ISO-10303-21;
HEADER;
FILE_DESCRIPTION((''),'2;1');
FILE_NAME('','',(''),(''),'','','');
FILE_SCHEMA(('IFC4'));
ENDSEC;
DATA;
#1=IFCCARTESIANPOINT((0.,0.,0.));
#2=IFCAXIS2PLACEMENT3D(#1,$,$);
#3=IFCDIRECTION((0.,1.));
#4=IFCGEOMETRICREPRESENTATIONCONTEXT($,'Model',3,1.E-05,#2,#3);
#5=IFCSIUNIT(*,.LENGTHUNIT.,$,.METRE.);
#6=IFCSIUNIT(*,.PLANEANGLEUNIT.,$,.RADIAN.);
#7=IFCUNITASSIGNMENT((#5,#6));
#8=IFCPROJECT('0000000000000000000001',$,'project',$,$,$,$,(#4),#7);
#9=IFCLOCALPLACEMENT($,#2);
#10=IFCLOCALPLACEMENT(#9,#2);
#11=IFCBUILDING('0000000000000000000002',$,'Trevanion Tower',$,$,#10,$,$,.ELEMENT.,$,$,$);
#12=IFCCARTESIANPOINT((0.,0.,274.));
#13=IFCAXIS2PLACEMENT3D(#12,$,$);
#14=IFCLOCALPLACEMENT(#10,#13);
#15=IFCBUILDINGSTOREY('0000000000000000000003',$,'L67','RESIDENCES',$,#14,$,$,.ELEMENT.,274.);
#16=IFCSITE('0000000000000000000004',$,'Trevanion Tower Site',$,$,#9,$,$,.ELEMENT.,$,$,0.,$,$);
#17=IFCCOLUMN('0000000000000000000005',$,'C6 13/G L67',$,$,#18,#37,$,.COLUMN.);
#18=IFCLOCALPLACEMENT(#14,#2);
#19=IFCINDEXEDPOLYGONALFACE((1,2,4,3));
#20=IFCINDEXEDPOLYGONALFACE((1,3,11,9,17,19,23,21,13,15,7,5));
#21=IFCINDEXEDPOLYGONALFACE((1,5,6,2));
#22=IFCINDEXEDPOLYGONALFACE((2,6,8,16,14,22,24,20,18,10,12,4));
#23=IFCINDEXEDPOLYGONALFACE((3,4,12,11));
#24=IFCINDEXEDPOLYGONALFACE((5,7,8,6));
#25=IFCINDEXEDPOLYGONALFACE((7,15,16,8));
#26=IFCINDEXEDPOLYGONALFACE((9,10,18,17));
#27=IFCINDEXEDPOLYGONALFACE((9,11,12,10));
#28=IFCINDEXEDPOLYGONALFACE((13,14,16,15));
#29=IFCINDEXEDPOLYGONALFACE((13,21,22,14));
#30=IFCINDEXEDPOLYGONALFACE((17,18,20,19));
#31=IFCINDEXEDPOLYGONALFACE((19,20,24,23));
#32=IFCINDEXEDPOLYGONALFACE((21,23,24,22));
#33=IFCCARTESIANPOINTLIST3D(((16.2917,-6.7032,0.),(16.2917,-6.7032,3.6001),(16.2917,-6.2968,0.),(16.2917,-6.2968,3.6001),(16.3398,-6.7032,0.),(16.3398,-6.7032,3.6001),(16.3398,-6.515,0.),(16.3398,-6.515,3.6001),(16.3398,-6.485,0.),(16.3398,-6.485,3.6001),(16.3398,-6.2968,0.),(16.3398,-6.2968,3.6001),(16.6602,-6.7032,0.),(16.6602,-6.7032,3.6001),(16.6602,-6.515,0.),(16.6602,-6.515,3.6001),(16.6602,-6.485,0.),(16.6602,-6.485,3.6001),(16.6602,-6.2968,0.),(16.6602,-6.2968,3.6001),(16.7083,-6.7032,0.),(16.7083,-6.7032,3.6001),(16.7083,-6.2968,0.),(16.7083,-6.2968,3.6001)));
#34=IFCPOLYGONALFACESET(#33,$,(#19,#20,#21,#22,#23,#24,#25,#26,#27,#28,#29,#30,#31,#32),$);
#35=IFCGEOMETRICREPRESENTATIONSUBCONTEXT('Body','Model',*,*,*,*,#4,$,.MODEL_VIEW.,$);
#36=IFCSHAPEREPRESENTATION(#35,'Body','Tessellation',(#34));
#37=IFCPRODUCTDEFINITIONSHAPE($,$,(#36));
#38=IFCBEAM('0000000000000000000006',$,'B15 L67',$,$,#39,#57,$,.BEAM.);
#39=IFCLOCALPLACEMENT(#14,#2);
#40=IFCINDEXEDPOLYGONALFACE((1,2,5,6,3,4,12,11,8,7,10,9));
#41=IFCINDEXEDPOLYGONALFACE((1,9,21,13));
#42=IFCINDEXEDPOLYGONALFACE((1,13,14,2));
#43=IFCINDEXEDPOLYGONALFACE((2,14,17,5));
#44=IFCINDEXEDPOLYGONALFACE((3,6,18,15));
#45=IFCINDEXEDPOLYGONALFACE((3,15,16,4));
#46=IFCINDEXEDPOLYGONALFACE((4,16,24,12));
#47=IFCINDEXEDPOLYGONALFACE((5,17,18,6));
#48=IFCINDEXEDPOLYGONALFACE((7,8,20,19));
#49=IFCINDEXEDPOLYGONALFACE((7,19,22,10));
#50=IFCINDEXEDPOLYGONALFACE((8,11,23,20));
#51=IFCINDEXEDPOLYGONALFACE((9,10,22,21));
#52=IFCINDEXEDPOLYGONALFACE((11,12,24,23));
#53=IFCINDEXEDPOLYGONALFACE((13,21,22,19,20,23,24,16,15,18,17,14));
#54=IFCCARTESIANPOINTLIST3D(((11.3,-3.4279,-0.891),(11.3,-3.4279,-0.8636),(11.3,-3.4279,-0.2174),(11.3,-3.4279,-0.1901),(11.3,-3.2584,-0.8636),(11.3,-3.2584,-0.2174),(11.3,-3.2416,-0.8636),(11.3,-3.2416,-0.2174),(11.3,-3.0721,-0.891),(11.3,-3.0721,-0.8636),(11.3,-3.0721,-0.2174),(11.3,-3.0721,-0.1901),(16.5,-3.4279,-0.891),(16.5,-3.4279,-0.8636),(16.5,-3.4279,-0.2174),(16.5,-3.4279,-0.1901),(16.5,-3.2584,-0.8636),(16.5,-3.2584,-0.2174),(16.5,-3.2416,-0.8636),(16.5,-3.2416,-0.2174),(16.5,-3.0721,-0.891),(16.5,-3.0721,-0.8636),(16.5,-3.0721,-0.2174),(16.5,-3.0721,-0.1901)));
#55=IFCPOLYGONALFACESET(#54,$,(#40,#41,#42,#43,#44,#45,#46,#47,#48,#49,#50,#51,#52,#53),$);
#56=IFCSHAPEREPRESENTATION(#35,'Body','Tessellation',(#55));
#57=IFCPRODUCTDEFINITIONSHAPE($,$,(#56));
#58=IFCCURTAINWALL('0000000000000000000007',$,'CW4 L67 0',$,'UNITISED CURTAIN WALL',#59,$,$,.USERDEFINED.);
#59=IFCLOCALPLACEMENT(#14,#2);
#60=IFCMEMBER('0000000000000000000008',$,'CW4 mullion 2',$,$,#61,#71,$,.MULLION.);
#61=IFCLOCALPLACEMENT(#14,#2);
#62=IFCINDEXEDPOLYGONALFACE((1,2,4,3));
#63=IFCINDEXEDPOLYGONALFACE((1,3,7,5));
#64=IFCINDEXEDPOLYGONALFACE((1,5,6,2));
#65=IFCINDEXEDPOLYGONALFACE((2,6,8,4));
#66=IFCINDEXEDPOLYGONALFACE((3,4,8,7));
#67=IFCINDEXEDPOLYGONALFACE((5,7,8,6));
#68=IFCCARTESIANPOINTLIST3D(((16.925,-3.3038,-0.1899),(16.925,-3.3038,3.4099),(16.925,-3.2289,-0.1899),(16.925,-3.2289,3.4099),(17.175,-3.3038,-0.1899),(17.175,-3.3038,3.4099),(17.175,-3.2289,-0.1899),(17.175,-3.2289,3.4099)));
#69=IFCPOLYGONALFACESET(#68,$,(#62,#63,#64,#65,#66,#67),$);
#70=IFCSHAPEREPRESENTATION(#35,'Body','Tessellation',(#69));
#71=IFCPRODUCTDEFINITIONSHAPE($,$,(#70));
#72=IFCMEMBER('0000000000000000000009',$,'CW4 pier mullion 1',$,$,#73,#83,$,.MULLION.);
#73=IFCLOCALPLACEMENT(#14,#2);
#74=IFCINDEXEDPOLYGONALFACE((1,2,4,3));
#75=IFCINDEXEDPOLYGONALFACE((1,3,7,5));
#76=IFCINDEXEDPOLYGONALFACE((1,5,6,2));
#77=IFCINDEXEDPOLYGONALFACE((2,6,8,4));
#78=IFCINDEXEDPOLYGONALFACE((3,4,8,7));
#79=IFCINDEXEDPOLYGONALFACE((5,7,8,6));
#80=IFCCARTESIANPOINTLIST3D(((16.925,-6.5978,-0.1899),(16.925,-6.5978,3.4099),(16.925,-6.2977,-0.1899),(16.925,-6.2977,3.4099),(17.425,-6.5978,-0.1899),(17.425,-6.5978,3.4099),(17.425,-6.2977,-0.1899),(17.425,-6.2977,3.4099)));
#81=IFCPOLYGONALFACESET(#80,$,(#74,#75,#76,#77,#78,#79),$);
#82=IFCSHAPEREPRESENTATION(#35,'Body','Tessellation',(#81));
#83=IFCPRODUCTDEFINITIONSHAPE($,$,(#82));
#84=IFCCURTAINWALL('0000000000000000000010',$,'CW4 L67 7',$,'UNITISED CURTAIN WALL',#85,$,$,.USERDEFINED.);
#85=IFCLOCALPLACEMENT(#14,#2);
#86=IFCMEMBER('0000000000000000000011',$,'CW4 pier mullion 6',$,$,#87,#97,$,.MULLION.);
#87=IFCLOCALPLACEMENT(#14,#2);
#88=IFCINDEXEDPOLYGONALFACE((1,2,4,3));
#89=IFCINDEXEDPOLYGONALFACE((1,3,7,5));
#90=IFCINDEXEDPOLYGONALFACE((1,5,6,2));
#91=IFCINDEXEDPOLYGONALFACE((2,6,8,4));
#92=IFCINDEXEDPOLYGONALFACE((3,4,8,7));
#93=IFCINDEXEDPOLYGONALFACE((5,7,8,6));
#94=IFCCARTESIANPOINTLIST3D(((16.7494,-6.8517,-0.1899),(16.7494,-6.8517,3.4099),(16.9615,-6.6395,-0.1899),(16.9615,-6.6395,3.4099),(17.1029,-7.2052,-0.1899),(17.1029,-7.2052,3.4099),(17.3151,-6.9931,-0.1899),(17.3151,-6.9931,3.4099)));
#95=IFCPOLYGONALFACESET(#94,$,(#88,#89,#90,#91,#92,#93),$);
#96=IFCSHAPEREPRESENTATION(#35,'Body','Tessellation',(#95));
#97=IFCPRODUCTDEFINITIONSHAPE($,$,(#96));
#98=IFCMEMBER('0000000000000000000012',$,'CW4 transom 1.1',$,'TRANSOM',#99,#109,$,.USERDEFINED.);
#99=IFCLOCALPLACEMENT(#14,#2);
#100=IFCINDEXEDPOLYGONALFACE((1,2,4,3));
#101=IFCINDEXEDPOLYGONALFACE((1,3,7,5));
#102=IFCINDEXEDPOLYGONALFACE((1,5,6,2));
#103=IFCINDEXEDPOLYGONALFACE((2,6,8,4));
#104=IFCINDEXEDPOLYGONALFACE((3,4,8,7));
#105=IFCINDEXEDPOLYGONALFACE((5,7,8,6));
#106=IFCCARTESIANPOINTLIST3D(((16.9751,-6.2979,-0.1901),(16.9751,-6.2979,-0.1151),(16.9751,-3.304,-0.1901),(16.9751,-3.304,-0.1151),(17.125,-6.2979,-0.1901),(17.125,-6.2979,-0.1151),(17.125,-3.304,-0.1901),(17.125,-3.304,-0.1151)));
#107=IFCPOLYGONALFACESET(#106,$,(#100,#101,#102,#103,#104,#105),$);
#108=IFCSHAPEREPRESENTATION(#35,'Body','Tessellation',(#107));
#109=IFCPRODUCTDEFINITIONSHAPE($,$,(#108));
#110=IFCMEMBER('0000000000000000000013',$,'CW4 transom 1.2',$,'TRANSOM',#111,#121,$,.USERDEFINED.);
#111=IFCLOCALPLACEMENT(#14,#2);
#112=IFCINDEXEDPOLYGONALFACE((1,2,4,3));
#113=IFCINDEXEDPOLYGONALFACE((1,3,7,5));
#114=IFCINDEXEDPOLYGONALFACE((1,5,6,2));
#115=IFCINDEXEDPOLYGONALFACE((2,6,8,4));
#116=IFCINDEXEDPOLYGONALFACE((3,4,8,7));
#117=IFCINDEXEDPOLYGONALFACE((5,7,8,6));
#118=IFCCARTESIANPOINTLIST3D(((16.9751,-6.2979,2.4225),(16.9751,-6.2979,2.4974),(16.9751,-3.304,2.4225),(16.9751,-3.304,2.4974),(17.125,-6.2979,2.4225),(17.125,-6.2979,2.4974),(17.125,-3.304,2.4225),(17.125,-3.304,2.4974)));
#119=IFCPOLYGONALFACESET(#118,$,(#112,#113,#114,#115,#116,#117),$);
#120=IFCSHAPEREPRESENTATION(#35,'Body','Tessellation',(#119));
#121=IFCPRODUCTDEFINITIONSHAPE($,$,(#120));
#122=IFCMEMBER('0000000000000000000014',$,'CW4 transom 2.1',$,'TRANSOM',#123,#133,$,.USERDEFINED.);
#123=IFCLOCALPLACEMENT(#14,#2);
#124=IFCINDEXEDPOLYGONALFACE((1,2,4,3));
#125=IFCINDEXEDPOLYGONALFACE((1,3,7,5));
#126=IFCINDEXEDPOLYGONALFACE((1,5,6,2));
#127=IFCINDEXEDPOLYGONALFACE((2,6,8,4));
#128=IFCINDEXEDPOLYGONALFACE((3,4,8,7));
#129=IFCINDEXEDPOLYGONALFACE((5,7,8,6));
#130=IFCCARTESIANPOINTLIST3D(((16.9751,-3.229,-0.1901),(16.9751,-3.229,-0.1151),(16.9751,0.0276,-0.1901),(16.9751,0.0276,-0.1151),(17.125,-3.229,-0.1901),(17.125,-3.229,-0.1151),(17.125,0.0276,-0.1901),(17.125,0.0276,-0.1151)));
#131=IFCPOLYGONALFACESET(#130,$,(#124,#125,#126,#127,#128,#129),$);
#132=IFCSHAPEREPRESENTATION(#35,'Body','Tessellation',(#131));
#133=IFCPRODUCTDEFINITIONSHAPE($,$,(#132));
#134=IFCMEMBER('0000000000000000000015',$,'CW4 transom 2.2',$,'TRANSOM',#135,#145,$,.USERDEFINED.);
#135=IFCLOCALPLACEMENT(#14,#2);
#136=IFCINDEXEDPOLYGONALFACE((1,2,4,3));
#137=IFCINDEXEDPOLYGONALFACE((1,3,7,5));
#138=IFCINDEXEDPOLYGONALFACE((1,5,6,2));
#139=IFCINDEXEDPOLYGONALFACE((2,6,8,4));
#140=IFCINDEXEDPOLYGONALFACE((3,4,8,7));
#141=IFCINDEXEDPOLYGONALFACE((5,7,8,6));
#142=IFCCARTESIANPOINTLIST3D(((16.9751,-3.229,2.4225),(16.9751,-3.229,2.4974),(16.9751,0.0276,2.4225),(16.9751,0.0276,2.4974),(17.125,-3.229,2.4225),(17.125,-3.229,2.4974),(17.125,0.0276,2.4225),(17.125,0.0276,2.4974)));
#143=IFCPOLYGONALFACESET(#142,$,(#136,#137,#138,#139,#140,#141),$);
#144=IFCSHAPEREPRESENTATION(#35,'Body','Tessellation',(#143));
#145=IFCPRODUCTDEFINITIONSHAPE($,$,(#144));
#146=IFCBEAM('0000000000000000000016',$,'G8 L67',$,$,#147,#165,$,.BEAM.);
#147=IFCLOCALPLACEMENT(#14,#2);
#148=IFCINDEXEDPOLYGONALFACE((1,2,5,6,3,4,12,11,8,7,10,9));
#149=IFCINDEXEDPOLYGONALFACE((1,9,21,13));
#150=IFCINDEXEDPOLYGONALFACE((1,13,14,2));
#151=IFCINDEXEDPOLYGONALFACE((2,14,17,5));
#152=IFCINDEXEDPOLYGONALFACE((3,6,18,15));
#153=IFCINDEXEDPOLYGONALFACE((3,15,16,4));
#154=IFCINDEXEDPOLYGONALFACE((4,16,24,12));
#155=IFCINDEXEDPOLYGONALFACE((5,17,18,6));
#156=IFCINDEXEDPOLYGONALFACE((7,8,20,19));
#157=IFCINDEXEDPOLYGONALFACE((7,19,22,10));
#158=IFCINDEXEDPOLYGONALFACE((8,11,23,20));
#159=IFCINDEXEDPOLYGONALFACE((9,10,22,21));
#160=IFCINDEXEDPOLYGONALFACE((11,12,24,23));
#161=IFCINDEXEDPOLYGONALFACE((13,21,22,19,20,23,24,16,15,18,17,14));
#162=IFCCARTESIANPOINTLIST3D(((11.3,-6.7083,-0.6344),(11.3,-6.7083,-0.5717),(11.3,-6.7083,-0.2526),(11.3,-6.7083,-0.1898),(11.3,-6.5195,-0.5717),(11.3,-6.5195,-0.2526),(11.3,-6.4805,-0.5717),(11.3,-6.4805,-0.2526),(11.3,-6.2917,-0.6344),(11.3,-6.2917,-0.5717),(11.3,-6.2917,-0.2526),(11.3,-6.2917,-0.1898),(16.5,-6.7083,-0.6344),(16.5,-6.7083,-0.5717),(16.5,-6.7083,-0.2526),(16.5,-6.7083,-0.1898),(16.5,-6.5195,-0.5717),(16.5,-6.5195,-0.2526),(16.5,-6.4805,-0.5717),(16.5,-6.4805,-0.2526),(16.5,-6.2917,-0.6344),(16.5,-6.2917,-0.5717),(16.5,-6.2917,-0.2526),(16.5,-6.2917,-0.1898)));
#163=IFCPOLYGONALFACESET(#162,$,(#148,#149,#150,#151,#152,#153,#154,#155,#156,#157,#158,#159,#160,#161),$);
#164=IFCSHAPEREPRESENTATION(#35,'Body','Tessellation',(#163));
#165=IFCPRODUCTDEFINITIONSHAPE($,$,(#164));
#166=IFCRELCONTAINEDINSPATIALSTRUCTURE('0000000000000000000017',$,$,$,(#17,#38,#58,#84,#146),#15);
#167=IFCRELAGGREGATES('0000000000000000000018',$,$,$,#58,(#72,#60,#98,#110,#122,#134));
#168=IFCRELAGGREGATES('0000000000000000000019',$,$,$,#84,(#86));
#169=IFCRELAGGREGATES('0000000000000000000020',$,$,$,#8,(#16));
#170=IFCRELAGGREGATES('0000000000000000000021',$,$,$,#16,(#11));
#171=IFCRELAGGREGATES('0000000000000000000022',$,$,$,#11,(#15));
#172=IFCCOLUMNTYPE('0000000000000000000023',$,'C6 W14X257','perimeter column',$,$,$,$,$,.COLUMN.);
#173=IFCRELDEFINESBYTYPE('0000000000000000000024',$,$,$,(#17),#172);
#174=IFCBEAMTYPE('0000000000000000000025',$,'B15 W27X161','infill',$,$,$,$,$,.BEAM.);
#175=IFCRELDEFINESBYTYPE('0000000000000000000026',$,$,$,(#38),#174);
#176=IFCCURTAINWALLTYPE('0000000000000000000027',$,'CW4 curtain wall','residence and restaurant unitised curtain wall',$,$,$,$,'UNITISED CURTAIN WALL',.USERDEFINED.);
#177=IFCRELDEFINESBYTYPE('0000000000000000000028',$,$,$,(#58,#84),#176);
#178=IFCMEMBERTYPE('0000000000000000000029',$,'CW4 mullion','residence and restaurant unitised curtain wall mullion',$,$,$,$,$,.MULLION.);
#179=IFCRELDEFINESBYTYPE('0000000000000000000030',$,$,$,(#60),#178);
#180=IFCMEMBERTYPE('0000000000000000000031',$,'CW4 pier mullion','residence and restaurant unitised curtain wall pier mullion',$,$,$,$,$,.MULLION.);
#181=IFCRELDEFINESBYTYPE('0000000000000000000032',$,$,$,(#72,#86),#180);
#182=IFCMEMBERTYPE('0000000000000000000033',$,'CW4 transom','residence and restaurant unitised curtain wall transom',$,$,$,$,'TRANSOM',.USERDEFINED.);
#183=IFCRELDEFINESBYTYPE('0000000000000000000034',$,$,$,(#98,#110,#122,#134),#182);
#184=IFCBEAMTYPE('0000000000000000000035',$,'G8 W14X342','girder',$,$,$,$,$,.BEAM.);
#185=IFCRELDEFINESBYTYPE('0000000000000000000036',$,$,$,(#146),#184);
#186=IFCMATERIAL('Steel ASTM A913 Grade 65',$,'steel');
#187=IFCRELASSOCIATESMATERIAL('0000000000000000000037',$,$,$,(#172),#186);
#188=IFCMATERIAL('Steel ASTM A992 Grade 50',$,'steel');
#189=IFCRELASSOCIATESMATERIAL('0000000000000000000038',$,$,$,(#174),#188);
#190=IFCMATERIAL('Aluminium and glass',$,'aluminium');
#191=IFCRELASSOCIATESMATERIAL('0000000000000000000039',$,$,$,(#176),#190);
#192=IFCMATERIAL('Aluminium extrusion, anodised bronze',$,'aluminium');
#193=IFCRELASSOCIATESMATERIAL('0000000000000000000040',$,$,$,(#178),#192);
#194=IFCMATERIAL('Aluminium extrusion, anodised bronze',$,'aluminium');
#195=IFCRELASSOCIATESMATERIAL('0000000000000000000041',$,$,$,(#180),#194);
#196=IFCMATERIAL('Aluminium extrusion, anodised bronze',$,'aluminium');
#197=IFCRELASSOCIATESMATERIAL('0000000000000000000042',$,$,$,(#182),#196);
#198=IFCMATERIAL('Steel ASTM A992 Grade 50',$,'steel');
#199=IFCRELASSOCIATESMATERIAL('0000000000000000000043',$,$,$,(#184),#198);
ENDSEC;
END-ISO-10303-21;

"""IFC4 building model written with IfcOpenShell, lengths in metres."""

from ifc_helpers import new_model, si_unit, direction, frame, origin, origin_2d, place, context, subcontext, project, spatial, rectangle, i_section, extrude, material, material_profile, profile_set, type_object, element, aggregate, save


model = new_model("IFC4")

# Units and contexts
model_context = context("Model", 3, precision=1e-05, world=origin(), true_north=direction((0.0, 1.0)))
body_context = subcontext(model_context, "Body", "Model", "MODEL_VIEW")
ifc_project = project(units=[si_unit("LENGTHUNIT", "METRE"), si_unit("PLANEANGLEUNIT", "RADIAN")], contexts=[model_context])

# Site, building, storey
site_placement = place(None, origin())
site = spatial("IfcSite", under=ifc_project, at=site_placement, Name="Trevanion Tower Site", CompositionType="ELEMENT", RefElevation=0.0)
building_placement = place(site_placement, origin())
building = spatial("IfcBuilding", under=site, at=building_placement, Name="Trevanion Tower", CompositionType="ELEMENT")
storey_placement = place(building_placement, frame((0.0, 0.0, 274.0)))
storey = spatial("IfcBuildingStorey", under=building, at=storey_placement, Name="L67", Description="RESIDENCES", CompositionType="ELEMENT", Elevation=274.0)

# Column
ifc_material_1 = material(Name="Steel ASTM A913 Grade 65", Category="steel")
ifc_material_profile_1 = material_profile(ifc_material_1, i_section(OverallWidth=0.4065, OverallDepth=0.4165, WebThickness=0.03, FlangeThickness=0.0481, at=origin_2d()), Name="W14X257")
ifc_profile_set_1 = profile_set([ifc_material_profile_1], Name="Steel ASTM A913 Grade 65")
column_type = type_object("IfcColumnType", Name="C6 W14X257", Description="perimeter column", PredefinedType="COLUMN", material=ifc_profile_set_1)
column_placement = place(storey_placement, frame((16.5, -6.5, 0.0), z_axis=(0.0, 0.0, 1.0), x_axis=(0.0, 1.0, 0.0)))
element("IfcColumn", 1, at=column_placement, inside=storey, type_object=column_type, Name="C6 13/G L67", PredefinedType="COLUMN", context=body_context, shape_type="SweptSolid", body=[
    extrude(i_section(OverallWidth=0.4065, OverallDepth=0.4165, WebThickness=0.03, FlangeThickness=0.0481, at=origin_2d()), origin(), (0.0, 0.0, 1.0), 3.6001),
])

# Beam
ifc_material_2 = material(Name="Steel ASTM A992 Grade 50", Category="steel")
ifc_material_profile_2 = material_profile(ifc_material_2, i_section(OverallWidth=0.3557, OverallDepth=0.7009, WebThickness=0.0168, FlangeThickness=0.0273, at=origin_2d()), Name="W27X161")
ifc_profile_set_2 = profile_set([ifc_material_profile_2], Name="Steel ASTM A992 Grade 50")
beam_type_1 = type_object("IfcBeamType", Name="B15 W27X161", Description="infill", PredefinedType="BEAM", material=ifc_profile_set_2)
beam_1_placement = place(storey_placement, frame((11.3, -3.25, -0.5405), z_axis=(1.0, 0.0, 0.0), x_axis=(0.0, 1.0, 0.0)))
element("IfcBeam", 2, at=beam_1_placement, inside=storey, type_object=beam_type_1, Name="B15 L67", PredefinedType="BEAM", context=body_context, shape_type="SweptSolid", body=[
    extrude(i_section(OverallWidth=0.3557, OverallDepth=0.7009, WebThickness=0.0168, FlangeThickness=0.0273, at=origin_2d()), origin(), (0.0, 0.0, 1.0), 5.2),
])

# Curtain wall, members
ifc_material_3 = material(Name="Aluminium and glass", Category="aluminium")
curtain_wall_type = type_object("IfcCurtainWallType", Name="CW4 curtain wall", Description="residence and restaurant unitised curtain wall", ElementType="UNITISED CURTAIN WALL", PredefinedType="USERDEFINED", material=ifc_material_3)
curtain_wall_1_placement = place(storey_placement, origin())
curtain_wall_1 = element("IfcCurtainWall", 3, at=curtain_wall_1_placement, inside=storey, type_object=curtain_wall_type, Name="CW4 L67 0", ObjectType="UNITISED CURTAIN WALL", PredefinedType="USERDEFINED")
ifc_material_4 = material(Name="Aluminium extrusion, anodised bronze", Category="aluminium")
ifc_material_profile_3 = material_profile(ifc_material_4, rectangle(XDim=0.075, YDim=0.25, at=origin_2d()), Name="CW4 mullion")
ifc_profile_set_3 = profile_set([ifc_material_profile_3], Name="Aluminium extrusion, anodised bronze")
member_type_1 = type_object("IfcMemberType", Name="CW4 mullion", Description="residence and restaurant unitised curtain wall mullion", PredefinedType="MULLION", material=ifc_profile_set_3)
member_1_placement = place(storey_placement, frame((17.05, -3.2664, -0.1899), z_axis=(0.0, 0.0, 1.0), x_axis=(0.0, 1.0, 0.0)))
member_1 = element("IfcMember", 4, at=member_1_placement, type_object=member_type_1, Name="CW4 mullion 2", PredefinedType="MULLION", context=body_context, shape_type="SweptSolid", body=[
    extrude(rectangle(XDim=0.075, YDim=0.25, at=origin_2d()), origin(), (0.0, 0.0, 1.0), 3.5999),
])
ifc_material_5 = material(Name="Aluminium extrusion, anodised bronze", Category="aluminium")
ifc_material_profile_4 = material_profile(ifc_material_5, rectangle(XDim=0.3, YDim=0.5, at=origin_2d()), Name="CW4 pier mullion")
ifc_profile_set_4 = profile_set([ifc_material_profile_4], Name="Aluminium extrusion, anodised bronze")
member_type_2 = type_object("IfcMemberType", Name="CW4 pier mullion", Description="residence and restaurant unitised curtain wall pier mullion", PredefinedType="MULLION", material=ifc_profile_set_4)
member_2_placement = place(storey_placement, frame((17.175, -6.4478, -0.1899), z_axis=(0.0, 0.0, 1.0), x_axis=(0.0, 1.0, 0.0)))
member_2 = element("IfcMember", 5, at=member_2_placement, type_object=member_type_2, Name="CW4 pier mullion 1", PredefinedType="MULLION", context=body_context, shape_type="SweptSolid", body=[
    extrude(rectangle(XDim=0.3, YDim=0.5, at=origin_2d()), origin(), (0.0, 0.0, 1.0), 3.5999),
])

# Curtain wall, member
curtain_wall_2_placement = place(storey_placement, origin())
curtain_wall_2 = element("IfcCurtainWall", 6, at=curtain_wall_2_placement, inside=storey, type_object=curtain_wall_type, Name="CW4 L67 7", ObjectType="UNITISED CURTAIN WALL", PredefinedType="USERDEFINED")
member_3_placement = place(storey_placement, frame((17.0322, -6.9224, -0.1899), z_axis=(0.0, 0.0, 1.0), x_axis=(0.707107, 0.707107, 0.0)))
member_3 = element("IfcMember", 7, at=member_3_placement, type_object=member_type_2, Name="CW4 pier mullion 6", PredefinedType="MULLION", context=body_context, shape_type="SweptSolid", body=[
    extrude(rectangle(XDim=0.3, YDim=0.5, at=origin_2d()), origin(), (0.0, 0.0, 1.0), 3.5999),
])

# Members
ifc_material_6 = material(Name="Aluminium extrusion, anodised bronze", Category="aluminium")
ifc_material_profile_5 = material_profile(ifc_material_6, rectangle(XDim=0.1499, YDim=0.075, at=origin_2d()), Name="CW4 transom")
ifc_profile_set_5 = profile_set([ifc_material_profile_5], Name="Aluminium extrusion, anodised bronze")
member_type_3 = type_object("IfcMemberType", Name="CW4 transom", Description="residence and restaurant unitised curtain wall transom", ElementType="TRANSOM", PredefinedType="USERDEFINED", material=ifc_profile_set_5)
member_4_placement = place(storey_placement, frame((17.05, -6.2979, -0.1526), z_axis=(0.0, 1.0, 0.0), x_axis=(-1.0, 0.0, 0.0)))
member_4 = element("IfcMember", 8, at=member_4_placement, type_object=member_type_3, Name="CW4 transom 1.1", ObjectType="TRANSOM", PredefinedType="USERDEFINED", context=body_context, shape_type="SweptSolid", body=[
    extrude(rectangle(XDim=0.1499, YDim=0.075, at=origin_2d()), origin(), (0.0, 0.0, 1.0), 2.9939),
])
member_5_placement = place(storey_placement, frame((17.05, -6.2979, 2.46), z_axis=(0.0, 1.0, 0.0), x_axis=(-1.0, 0.0, 0.0)))
member_5 = element("IfcMember", 9, at=member_5_placement, type_object=member_type_3, Name="CW4 transom 1.2", ObjectType="TRANSOM", PredefinedType="USERDEFINED", context=body_context, shape_type="SweptSolid", body=[
    extrude(rectangle(XDim=0.1499, YDim=0.075, at=origin_2d()), origin(), (0.0, 0.0, 1.0), 2.9939),
])
member_6_placement = place(storey_placement, frame((17.05, -3.229, -0.1526), z_axis=(0.0, 1.0, 0.0), x_axis=(-1.0, 0.0, 0.0)))
member_6 = element("IfcMember", 10, at=member_6_placement, type_object=member_type_3, Name="CW4 transom 2.1", ObjectType="TRANSOM", PredefinedType="USERDEFINED", context=body_context, shape_type="SweptSolid", body=[
    extrude(rectangle(XDim=0.1499, YDim=0.075, at=origin_2d()), origin(), (0.0, 0.0, 1.0), 3.2566),
])
member_7_placement = place(storey_placement, frame((17.05, -3.229, 2.46), z_axis=(0.0, 1.0, 0.0), x_axis=(-1.0, 0.0, 0.0)))
member_7 = element("IfcMember", 11, at=member_7_placement, type_object=member_type_3, Name="CW4 transom 2.2", ObjectType="TRANSOM", PredefinedType="USERDEFINED", context=body_context, shape_type="SweptSolid", body=[
    extrude(rectangle(XDim=0.1499, YDim=0.075, at=origin_2d()), origin(), (0.0, 0.0, 1.0), 3.2566),
])

# Beam
ifc_material_7 = material(Name="Steel ASTM A992 Grade 50", Category="steel")
ifc_material_profile_6 = material_profile(ifc_material_7, i_section(OverallWidth=0.4165, OverallDepth=0.4446, WebThickness=0.0391, FlangeThickness=0.0627, at=origin_2d()), Name="W14X342")
ifc_profile_set_6 = profile_set([ifc_material_profile_6], Name="Steel ASTM A992 Grade 50")
beam_type_2 = type_object("IfcBeamType", Name="G8 W14X342", Description="girder", PredefinedType="BEAM", material=ifc_profile_set_6)
beam_2_placement = place(storey_placement, frame((11.3, -6.5, -0.4121), z_axis=(1.0, 0.0, 0.0), x_axis=(0.0, 1.0, 0.0)))
element("IfcBeam", 12, at=beam_2_placement, inside=storey, type_object=beam_type_2, Name="G8 L67", PredefinedType="BEAM", context=body_context, shape_type="SweptSolid", body=[
    extrude(i_section(OverallWidth=0.4165, OverallDepth=0.4446, WebThickness=0.0391, FlangeThickness=0.0627, at=origin_2d()), origin(), (0.0, 0.0, 1.0), 5.2),
])

aggregate(curtain_wall_1, [member_2, member_1, member_4, member_5, member_6, member_7])
aggregate(curtain_wall_2, [member_3])

save(model, "model.ifc")
